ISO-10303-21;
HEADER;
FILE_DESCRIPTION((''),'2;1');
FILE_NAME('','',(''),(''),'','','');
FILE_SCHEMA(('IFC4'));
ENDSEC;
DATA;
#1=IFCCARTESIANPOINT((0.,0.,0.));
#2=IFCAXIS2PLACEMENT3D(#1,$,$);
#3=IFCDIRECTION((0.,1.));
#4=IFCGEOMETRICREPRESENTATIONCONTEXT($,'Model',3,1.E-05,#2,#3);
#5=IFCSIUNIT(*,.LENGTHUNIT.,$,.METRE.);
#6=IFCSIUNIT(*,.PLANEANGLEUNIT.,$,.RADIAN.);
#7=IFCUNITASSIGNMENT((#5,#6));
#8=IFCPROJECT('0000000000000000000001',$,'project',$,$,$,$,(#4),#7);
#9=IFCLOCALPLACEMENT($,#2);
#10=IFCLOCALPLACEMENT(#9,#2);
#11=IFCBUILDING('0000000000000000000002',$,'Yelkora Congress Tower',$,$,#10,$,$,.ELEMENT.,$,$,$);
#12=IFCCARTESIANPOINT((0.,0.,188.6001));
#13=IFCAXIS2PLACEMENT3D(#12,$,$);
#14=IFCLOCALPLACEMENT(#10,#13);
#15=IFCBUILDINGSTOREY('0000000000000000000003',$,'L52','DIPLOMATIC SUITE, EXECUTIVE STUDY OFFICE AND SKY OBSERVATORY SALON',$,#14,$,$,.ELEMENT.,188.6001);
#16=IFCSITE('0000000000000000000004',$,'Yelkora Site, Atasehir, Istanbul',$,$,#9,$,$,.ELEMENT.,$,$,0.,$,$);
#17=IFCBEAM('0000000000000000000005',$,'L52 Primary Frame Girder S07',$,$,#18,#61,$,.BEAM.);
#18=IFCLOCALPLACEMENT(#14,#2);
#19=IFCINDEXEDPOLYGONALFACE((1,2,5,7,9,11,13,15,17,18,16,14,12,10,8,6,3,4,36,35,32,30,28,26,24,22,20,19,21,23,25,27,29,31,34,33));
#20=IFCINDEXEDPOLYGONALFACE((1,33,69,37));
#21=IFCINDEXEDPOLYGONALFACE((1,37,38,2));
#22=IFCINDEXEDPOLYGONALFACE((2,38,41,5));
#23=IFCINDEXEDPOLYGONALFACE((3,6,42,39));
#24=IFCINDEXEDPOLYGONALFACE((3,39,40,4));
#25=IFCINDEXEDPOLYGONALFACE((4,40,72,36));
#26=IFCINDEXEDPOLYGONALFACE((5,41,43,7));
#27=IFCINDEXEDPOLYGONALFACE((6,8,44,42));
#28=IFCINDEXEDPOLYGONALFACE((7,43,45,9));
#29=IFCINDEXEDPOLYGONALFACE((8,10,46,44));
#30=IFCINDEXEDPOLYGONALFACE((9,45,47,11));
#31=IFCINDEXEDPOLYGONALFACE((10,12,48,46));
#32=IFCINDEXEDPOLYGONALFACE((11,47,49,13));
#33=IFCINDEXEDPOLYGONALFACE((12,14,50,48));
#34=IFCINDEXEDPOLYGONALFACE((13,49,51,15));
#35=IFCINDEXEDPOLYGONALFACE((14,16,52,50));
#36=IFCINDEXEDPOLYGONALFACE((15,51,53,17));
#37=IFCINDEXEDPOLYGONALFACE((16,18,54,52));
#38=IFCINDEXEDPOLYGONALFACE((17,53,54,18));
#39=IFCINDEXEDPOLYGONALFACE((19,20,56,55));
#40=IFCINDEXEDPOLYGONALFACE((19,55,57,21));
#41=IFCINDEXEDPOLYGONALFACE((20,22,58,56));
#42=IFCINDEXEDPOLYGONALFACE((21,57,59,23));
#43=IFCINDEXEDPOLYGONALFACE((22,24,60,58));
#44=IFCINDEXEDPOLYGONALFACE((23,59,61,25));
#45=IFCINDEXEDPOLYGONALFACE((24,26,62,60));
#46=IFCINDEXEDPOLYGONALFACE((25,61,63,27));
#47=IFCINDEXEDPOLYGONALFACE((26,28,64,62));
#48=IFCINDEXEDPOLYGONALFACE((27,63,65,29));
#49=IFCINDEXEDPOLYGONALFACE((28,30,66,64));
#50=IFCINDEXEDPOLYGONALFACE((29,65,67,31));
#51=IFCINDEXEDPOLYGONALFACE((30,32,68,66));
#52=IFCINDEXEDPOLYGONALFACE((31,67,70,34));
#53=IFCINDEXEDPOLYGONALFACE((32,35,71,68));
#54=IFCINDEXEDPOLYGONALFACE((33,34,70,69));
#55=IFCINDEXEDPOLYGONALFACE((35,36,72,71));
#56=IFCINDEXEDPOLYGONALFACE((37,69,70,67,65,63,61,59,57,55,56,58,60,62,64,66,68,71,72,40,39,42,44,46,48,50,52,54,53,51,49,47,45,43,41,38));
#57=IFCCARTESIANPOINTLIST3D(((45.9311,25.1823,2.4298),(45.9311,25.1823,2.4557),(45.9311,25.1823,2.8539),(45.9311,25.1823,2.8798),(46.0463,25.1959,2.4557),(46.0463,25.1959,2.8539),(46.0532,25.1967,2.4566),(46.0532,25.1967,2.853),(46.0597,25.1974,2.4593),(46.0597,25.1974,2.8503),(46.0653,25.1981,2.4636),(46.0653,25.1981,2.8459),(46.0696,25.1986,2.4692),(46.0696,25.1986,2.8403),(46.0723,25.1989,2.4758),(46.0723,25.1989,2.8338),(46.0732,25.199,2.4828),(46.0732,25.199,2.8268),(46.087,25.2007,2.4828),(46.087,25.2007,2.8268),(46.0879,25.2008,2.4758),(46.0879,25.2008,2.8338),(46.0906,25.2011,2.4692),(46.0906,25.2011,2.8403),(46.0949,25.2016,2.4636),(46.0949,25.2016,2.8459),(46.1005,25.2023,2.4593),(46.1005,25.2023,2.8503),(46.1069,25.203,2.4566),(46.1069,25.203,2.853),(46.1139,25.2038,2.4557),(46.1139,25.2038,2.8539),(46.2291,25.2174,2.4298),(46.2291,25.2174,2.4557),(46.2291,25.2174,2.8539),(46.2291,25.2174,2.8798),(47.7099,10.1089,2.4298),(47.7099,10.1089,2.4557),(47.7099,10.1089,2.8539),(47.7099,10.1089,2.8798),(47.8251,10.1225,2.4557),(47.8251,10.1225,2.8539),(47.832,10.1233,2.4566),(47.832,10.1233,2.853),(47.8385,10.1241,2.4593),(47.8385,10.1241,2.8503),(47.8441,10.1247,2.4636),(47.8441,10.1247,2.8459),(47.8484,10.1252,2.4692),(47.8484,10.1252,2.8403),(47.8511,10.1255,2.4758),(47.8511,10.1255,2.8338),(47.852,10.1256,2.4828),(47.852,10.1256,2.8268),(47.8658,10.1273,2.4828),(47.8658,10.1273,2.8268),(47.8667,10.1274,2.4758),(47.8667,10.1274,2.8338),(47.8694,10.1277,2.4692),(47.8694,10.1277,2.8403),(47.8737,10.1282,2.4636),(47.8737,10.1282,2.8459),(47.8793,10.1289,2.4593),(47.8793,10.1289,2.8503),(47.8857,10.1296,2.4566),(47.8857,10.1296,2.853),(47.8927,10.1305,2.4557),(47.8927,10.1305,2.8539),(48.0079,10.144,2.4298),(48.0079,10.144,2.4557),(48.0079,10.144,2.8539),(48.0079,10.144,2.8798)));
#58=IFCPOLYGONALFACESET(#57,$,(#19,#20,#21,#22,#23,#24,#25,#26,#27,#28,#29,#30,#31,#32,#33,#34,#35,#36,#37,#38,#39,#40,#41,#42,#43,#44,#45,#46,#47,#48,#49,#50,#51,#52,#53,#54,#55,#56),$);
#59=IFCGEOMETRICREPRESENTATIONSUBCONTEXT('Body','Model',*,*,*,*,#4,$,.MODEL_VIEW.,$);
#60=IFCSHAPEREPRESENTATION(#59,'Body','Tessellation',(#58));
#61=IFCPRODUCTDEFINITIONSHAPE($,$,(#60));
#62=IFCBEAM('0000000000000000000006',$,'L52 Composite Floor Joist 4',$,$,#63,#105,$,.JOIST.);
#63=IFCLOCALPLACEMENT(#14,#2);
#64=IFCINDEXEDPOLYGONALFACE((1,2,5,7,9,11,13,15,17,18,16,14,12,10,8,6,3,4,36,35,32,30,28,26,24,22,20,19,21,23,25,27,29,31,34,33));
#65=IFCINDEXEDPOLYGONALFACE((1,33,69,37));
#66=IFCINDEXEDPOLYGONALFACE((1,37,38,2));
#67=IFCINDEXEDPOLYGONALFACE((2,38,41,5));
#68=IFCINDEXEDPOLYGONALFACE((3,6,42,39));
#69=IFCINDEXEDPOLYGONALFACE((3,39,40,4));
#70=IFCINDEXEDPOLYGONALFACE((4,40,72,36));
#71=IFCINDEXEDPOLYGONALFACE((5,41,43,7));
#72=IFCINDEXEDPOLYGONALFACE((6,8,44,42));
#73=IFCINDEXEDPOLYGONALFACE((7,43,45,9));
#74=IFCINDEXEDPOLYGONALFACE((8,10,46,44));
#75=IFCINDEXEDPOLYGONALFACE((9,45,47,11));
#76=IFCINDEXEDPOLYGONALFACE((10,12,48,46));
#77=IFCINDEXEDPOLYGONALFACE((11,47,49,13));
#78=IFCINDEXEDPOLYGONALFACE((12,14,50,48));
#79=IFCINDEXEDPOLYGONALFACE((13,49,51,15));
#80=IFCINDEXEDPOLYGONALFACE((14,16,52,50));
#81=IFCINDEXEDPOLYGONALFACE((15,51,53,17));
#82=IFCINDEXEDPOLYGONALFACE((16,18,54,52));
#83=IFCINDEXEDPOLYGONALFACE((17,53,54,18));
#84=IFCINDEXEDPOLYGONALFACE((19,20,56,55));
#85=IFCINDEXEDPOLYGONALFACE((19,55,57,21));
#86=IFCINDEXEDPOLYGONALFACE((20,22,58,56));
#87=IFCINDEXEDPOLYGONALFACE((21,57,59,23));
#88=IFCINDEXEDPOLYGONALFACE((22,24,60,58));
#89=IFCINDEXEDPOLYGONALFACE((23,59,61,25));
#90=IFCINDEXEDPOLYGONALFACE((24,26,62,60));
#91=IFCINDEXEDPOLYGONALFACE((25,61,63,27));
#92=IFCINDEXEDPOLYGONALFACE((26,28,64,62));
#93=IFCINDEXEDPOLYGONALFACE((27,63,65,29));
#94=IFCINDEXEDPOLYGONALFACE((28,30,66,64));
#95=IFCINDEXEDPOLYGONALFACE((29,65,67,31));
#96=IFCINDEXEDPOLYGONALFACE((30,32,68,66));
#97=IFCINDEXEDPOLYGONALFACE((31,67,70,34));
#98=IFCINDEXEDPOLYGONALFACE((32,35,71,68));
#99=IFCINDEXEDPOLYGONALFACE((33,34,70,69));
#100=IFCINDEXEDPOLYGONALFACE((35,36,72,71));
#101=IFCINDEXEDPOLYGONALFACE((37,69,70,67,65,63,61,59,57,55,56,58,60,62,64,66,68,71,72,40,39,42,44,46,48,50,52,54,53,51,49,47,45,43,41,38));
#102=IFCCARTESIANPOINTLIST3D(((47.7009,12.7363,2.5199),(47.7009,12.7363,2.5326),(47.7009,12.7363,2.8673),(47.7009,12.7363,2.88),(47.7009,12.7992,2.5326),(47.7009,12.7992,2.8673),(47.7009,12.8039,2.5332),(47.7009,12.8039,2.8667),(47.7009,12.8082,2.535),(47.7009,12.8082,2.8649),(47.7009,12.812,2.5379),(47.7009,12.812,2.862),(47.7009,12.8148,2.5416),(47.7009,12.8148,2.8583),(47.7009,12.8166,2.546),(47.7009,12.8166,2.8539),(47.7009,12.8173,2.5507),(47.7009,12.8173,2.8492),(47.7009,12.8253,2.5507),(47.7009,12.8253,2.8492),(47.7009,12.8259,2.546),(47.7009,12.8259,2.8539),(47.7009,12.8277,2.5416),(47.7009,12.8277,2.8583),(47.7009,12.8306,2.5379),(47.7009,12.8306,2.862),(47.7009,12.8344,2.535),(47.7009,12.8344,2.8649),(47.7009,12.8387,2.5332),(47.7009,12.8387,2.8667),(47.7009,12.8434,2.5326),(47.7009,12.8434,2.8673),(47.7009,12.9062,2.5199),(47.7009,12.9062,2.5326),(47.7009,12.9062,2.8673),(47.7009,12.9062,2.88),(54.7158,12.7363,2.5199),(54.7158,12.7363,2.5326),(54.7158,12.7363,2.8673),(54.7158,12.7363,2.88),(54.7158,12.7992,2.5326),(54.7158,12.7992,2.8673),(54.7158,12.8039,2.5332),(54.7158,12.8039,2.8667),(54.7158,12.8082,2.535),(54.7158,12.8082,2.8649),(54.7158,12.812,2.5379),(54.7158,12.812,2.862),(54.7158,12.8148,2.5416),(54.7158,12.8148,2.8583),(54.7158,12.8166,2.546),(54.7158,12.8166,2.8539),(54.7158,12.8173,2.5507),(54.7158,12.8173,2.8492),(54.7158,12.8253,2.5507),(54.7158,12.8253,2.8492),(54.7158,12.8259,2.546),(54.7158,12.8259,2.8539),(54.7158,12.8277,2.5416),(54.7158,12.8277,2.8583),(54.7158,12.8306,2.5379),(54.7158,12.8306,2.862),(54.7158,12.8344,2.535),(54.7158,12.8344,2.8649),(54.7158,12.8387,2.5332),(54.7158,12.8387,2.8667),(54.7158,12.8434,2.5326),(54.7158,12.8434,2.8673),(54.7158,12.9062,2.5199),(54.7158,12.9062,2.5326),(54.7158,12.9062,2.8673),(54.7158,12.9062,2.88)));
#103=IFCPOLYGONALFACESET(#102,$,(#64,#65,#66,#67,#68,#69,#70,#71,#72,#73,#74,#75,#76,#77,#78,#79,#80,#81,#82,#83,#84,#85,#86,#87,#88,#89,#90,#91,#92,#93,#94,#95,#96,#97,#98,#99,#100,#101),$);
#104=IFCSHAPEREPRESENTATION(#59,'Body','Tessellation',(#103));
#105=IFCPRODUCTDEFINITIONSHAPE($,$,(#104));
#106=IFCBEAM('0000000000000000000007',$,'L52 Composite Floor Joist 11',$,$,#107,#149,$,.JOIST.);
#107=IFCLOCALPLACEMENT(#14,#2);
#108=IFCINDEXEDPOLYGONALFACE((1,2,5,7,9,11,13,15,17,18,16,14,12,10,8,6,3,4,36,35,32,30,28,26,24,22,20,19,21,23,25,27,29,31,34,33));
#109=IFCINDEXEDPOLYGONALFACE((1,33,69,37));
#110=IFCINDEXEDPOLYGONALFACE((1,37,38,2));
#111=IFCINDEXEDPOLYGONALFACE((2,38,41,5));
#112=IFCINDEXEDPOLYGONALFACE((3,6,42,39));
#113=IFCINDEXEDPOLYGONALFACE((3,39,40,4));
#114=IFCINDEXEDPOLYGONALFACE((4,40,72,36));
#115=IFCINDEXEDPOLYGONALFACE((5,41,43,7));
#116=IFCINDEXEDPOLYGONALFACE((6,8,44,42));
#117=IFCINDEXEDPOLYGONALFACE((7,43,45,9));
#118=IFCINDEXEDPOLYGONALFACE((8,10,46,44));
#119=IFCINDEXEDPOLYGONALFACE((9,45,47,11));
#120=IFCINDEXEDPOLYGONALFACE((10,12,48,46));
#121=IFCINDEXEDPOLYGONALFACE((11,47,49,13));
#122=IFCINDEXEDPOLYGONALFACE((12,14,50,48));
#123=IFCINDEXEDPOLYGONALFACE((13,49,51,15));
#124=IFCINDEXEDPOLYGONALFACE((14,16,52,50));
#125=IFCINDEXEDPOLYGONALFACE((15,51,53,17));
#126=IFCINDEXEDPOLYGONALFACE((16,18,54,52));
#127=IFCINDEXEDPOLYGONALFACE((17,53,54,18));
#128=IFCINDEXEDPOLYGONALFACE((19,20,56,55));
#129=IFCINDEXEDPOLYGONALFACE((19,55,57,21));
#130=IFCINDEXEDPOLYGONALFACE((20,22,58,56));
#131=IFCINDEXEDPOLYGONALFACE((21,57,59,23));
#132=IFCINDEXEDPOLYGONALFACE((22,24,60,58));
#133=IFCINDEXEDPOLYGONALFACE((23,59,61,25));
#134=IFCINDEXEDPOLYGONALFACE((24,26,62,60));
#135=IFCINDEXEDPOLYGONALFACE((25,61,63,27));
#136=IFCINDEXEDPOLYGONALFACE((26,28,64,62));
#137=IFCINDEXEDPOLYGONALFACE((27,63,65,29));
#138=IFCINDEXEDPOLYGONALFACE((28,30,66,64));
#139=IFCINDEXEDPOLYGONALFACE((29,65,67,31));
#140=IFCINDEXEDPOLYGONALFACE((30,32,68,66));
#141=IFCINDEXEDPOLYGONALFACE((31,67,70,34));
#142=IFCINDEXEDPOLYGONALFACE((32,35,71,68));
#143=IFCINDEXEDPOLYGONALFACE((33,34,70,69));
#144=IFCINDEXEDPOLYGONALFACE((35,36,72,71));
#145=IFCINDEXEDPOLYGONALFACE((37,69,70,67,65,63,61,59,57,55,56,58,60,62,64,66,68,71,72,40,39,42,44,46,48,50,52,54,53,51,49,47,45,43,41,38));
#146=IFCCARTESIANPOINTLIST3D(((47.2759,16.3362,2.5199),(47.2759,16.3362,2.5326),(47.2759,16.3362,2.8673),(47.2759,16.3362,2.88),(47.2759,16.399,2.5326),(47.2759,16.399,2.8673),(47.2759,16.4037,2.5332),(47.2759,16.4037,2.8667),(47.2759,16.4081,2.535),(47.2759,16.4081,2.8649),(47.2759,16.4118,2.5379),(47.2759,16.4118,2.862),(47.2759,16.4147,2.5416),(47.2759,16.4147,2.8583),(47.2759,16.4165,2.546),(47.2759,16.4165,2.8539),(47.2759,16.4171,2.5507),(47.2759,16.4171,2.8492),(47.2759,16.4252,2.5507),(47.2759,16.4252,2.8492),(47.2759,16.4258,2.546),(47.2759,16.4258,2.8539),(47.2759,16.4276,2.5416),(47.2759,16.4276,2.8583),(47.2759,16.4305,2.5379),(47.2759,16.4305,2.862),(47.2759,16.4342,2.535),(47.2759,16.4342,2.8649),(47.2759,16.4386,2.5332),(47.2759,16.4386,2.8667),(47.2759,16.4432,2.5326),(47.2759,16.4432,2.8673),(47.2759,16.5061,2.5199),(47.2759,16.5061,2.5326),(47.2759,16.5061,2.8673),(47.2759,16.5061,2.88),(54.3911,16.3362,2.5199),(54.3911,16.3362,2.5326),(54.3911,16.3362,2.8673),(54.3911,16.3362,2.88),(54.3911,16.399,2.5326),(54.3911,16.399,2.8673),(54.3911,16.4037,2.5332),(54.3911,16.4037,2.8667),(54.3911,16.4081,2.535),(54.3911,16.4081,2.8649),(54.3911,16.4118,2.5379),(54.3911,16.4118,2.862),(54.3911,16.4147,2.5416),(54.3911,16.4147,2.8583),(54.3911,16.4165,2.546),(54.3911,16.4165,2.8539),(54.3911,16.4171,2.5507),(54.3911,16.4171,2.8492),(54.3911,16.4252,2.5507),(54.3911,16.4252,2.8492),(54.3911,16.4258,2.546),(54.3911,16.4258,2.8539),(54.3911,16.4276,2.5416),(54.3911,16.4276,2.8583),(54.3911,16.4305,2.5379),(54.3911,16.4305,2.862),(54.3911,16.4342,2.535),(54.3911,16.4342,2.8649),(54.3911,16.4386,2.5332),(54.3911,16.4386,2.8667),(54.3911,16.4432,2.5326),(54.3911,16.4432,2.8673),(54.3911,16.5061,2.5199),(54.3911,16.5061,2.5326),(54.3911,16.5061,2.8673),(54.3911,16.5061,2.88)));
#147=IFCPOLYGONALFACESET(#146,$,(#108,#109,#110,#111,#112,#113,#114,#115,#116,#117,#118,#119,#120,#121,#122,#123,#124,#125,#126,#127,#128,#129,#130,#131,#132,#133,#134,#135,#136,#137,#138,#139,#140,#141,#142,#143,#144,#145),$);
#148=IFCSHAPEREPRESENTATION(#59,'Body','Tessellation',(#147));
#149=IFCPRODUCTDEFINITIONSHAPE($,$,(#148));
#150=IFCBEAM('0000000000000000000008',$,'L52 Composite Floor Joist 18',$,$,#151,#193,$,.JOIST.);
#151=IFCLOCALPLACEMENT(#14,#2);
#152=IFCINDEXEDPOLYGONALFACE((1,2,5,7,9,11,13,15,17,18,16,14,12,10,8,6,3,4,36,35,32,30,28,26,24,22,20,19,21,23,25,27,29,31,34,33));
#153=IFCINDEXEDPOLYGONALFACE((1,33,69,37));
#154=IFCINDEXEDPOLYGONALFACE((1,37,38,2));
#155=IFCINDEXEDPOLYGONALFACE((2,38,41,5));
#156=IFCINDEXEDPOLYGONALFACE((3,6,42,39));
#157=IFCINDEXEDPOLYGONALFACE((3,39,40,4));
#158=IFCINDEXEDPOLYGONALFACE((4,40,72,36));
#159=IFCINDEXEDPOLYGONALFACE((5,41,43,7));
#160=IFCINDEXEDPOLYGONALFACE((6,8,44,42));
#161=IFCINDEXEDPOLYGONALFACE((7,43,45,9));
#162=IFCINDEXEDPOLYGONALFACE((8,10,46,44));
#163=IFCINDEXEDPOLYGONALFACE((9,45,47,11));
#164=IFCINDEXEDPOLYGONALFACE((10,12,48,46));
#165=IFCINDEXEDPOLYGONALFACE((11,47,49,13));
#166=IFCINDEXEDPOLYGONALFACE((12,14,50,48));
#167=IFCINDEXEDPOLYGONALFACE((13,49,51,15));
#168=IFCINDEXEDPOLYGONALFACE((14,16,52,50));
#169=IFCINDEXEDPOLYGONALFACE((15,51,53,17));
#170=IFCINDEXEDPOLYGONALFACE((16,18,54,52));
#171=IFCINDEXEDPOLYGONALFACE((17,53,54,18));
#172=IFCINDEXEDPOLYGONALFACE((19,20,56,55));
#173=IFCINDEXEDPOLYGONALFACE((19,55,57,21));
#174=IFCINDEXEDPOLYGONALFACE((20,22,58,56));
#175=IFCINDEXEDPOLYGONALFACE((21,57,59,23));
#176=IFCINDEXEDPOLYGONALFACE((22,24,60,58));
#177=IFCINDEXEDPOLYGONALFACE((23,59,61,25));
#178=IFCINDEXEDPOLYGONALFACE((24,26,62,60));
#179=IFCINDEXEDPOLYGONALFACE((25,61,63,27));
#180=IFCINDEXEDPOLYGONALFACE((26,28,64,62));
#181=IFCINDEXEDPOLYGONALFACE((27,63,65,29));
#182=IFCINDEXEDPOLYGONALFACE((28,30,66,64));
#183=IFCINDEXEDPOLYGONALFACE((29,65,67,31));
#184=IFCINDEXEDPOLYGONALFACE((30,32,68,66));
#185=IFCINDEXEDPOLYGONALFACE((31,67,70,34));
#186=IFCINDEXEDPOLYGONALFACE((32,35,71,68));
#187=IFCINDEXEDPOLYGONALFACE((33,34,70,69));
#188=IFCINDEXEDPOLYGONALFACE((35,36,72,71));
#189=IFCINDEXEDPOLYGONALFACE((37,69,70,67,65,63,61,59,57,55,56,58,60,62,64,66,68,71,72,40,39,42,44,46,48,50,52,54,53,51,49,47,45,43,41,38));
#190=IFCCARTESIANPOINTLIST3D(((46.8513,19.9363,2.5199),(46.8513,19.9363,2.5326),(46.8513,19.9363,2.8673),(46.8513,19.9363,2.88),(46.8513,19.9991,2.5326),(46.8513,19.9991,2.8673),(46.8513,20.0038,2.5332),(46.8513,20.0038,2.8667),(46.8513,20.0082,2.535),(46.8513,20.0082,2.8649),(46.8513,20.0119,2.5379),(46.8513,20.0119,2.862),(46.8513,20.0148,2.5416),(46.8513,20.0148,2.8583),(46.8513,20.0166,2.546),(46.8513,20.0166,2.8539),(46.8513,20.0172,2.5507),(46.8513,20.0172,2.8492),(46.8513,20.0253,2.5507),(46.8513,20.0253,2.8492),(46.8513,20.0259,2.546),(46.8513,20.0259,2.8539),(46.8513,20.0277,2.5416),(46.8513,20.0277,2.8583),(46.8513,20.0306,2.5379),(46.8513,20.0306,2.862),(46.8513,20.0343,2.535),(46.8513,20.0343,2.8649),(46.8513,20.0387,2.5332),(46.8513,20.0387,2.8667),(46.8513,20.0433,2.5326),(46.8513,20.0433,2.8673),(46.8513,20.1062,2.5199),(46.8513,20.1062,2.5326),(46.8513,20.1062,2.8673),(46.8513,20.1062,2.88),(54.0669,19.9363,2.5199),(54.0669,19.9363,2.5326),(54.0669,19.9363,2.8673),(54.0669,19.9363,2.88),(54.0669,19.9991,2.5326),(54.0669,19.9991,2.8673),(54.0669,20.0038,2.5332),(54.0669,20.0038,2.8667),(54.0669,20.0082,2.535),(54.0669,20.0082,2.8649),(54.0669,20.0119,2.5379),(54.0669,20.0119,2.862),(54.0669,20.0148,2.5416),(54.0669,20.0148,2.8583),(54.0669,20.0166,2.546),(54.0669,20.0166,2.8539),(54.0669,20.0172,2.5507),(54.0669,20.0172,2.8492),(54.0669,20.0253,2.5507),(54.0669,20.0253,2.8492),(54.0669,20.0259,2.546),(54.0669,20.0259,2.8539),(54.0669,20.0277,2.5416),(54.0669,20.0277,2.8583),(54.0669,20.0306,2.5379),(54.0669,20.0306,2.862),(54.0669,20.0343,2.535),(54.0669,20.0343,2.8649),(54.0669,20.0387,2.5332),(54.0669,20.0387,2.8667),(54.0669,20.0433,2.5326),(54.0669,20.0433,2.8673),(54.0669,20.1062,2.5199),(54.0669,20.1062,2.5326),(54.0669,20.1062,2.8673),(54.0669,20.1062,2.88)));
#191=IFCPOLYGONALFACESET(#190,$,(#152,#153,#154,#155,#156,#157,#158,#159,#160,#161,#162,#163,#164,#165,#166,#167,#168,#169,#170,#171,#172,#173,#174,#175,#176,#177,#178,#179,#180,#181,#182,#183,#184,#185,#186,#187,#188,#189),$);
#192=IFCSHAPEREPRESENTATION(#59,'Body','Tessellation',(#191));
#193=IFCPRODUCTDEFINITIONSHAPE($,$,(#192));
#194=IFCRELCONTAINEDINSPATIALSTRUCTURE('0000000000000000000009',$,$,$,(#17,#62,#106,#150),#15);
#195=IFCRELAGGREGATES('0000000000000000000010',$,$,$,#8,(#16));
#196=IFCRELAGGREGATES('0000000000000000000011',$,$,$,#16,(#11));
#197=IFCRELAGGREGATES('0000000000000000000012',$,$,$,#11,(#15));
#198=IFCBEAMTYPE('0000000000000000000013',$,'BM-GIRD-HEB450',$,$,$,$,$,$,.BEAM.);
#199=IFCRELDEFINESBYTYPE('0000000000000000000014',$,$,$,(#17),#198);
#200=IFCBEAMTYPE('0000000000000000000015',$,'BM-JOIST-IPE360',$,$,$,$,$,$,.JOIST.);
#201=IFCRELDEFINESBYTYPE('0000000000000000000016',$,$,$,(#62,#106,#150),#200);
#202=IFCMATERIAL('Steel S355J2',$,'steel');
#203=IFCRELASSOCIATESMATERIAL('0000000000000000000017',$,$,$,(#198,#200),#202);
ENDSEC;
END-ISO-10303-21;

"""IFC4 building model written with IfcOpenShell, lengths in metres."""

from ifc_helpers import new_model, si_unit, direction, frame, origin, origin_2d, place, context, subcontext, project, spatial, i_section, extrude, material, material_profile, profile_set, type_object, element, save


model = new_model("IFC4")

# Units and contexts
model_context = context("Model", 3, precision=1e-05, world=origin(), true_north=direction((0.0, 1.0)))
body_context = subcontext(model_context, "Body", "Model", "MODEL_VIEW")
ifc_project = project(units=[si_unit("LENGTHUNIT", "METRE"), si_unit("PLANEANGLEUNIT", "RADIAN")], contexts=[model_context])

# Site, building, storey
site_placement = place(None, origin())
site = spatial("IfcSite", under=ifc_project, at=site_placement, Name="Yelkora Site, Atasehir, Istanbul", CompositionType="ELEMENT", RefElevation=0.0)
building_placement = place(site_placement, origin())
building = spatial("IfcBuilding", under=site, at=building_placement, Name="Yelkora Congress Tower", CompositionType="ELEMENT")
storey_placement = place(building_placement, frame((0.0, 0.0, 188.6001)))
storey = spatial("IfcBuildingStorey", under=building, at=storey_placement, Name="L52", Description="DIPLOMATIC SUITE, EXECUTIVE STUDY OFFICE AND SKY OBSERVATORY SALON", CompositionType="ELEMENT", Elevation=188.6001)

# Beams
ifc_material_1 = material(Name="Steel S355J2", Category="steel")
ifc_material_profile_1 = material_profile(ifc_material_1, i_section(OverallWidth=0.3, OverallDepth=0.45, WebThickness=0.0139, FlangeThickness=0.0259, FilletRadius=0.0271, at=origin_2d()), Name="HEB 450")
ifc_profile_set_1 = profile_set([ifc_material_profile_1], Name="Steel S355J2")
beam_type_1 = type_object("IfcBeamType", Name="BM-GIRD-HEB450", PredefinedType="BEAM", material=ifc_profile_set_1)
beam_1_placement = place(storey_placement, frame((47.8589, 10.1265, 2.6548), z_axis=(-0.117196, 0.993109, 0.0), x_axis=(-0.993109, -0.117196, 0.0)))
element("IfcBeam", 1, at=beam_1_placement, inside=storey, type_object=beam_type_1, Name="L52 Primary Frame Girder S07", PredefinedType="BEAM", context=body_context, shape_type="SweptSolid", body=[
    extrude(i_section(OverallWidth=0.3, OverallDepth=0.45, WebThickness=0.0139, FlangeThickness=0.0259, FilletRadius=0.0271, at=origin_2d()), origin(), (0.0, 0.0, 1.0), 15.178),
])
ifc_material_profile_2 = material_profile(ifc_material_1, i_section(OverallWidth=0.1699, OverallDepth=0.3601, WebThickness=0.0081, FlangeThickness=0.0127, FilletRadius=0.0181, at=origin_2d()), Name="IPE 360")
ifc_profile_set_2 = profile_set([ifc_material_profile_2], Name="Steel S355J2")
beam_type_2 = type_object("IfcBeamType", Name="BM-JOIST-IPE360", PredefinedType="JOIST", material=ifc_profile_set_2)
beam_2_placement = place(storey_placement, frame((47.7009, 12.8213, 2.7), z_axis=(1.0, 0.0, 0.0), x_axis=(0.0, 1.0, 0.0)))
element("IfcBeam", 2, at=beam_2_placement, inside=storey, type_object=beam_type_2, Name="L52 Composite Floor Joist 4", PredefinedType="JOIST", context=body_context, shape_type="SweptSolid", body=[
    extrude(i_section(OverallWidth=0.1699, OverallDepth=0.3601, WebThickness=0.0081, FlangeThickness=0.0127, FilletRadius=0.0181, at=origin_2d()), origin(), (0.0, 0.0, 1.0), 7.0149),
])
beam_3_placement = place(storey_placement, frame((47.2759, 16.4211, 2.7), z_axis=(1.0, 0.0, 0.0), x_axis=(0.0, 1.0, 0.0)))
element("IfcBeam", 3, at=beam_3_placement, inside=storey, type_object=beam_type_2, Name="L52 Composite Floor Joist 11", PredefinedType="JOIST", context=body_context, shape_type="SweptSolid", body=[
    extrude(i_section(OverallWidth=0.1699, OverallDepth=0.3601, WebThickness=0.0081, FlangeThickness=0.0127, FilletRadius=0.0181, at=origin_2d()), origin(), (0.0, 0.0, 1.0), 7.1152),
])
beam_4_placement = place(storey_placement, frame((46.8513, 20.0212, 2.7), z_axis=(1.0, 0.0, 0.0), x_axis=(0.0, 1.0, 0.0)))
element("IfcBeam", 4, at=beam_4_placement, inside=storey, type_object=beam_type_2, Name="L52 Composite Floor Joist 18", PredefinedType="JOIST", context=body_context, shape_type="SweptSolid", body=[
    extrude(i_section(OverallWidth=0.1699, OverallDepth=0.3601, WebThickness=0.0081, FlangeThickness=0.0127, FilletRadius=0.0181, at=origin_2d()), origin(), (0.0, 0.0, 1.0), 7.2156),
])

save(model, "model.ifc")
